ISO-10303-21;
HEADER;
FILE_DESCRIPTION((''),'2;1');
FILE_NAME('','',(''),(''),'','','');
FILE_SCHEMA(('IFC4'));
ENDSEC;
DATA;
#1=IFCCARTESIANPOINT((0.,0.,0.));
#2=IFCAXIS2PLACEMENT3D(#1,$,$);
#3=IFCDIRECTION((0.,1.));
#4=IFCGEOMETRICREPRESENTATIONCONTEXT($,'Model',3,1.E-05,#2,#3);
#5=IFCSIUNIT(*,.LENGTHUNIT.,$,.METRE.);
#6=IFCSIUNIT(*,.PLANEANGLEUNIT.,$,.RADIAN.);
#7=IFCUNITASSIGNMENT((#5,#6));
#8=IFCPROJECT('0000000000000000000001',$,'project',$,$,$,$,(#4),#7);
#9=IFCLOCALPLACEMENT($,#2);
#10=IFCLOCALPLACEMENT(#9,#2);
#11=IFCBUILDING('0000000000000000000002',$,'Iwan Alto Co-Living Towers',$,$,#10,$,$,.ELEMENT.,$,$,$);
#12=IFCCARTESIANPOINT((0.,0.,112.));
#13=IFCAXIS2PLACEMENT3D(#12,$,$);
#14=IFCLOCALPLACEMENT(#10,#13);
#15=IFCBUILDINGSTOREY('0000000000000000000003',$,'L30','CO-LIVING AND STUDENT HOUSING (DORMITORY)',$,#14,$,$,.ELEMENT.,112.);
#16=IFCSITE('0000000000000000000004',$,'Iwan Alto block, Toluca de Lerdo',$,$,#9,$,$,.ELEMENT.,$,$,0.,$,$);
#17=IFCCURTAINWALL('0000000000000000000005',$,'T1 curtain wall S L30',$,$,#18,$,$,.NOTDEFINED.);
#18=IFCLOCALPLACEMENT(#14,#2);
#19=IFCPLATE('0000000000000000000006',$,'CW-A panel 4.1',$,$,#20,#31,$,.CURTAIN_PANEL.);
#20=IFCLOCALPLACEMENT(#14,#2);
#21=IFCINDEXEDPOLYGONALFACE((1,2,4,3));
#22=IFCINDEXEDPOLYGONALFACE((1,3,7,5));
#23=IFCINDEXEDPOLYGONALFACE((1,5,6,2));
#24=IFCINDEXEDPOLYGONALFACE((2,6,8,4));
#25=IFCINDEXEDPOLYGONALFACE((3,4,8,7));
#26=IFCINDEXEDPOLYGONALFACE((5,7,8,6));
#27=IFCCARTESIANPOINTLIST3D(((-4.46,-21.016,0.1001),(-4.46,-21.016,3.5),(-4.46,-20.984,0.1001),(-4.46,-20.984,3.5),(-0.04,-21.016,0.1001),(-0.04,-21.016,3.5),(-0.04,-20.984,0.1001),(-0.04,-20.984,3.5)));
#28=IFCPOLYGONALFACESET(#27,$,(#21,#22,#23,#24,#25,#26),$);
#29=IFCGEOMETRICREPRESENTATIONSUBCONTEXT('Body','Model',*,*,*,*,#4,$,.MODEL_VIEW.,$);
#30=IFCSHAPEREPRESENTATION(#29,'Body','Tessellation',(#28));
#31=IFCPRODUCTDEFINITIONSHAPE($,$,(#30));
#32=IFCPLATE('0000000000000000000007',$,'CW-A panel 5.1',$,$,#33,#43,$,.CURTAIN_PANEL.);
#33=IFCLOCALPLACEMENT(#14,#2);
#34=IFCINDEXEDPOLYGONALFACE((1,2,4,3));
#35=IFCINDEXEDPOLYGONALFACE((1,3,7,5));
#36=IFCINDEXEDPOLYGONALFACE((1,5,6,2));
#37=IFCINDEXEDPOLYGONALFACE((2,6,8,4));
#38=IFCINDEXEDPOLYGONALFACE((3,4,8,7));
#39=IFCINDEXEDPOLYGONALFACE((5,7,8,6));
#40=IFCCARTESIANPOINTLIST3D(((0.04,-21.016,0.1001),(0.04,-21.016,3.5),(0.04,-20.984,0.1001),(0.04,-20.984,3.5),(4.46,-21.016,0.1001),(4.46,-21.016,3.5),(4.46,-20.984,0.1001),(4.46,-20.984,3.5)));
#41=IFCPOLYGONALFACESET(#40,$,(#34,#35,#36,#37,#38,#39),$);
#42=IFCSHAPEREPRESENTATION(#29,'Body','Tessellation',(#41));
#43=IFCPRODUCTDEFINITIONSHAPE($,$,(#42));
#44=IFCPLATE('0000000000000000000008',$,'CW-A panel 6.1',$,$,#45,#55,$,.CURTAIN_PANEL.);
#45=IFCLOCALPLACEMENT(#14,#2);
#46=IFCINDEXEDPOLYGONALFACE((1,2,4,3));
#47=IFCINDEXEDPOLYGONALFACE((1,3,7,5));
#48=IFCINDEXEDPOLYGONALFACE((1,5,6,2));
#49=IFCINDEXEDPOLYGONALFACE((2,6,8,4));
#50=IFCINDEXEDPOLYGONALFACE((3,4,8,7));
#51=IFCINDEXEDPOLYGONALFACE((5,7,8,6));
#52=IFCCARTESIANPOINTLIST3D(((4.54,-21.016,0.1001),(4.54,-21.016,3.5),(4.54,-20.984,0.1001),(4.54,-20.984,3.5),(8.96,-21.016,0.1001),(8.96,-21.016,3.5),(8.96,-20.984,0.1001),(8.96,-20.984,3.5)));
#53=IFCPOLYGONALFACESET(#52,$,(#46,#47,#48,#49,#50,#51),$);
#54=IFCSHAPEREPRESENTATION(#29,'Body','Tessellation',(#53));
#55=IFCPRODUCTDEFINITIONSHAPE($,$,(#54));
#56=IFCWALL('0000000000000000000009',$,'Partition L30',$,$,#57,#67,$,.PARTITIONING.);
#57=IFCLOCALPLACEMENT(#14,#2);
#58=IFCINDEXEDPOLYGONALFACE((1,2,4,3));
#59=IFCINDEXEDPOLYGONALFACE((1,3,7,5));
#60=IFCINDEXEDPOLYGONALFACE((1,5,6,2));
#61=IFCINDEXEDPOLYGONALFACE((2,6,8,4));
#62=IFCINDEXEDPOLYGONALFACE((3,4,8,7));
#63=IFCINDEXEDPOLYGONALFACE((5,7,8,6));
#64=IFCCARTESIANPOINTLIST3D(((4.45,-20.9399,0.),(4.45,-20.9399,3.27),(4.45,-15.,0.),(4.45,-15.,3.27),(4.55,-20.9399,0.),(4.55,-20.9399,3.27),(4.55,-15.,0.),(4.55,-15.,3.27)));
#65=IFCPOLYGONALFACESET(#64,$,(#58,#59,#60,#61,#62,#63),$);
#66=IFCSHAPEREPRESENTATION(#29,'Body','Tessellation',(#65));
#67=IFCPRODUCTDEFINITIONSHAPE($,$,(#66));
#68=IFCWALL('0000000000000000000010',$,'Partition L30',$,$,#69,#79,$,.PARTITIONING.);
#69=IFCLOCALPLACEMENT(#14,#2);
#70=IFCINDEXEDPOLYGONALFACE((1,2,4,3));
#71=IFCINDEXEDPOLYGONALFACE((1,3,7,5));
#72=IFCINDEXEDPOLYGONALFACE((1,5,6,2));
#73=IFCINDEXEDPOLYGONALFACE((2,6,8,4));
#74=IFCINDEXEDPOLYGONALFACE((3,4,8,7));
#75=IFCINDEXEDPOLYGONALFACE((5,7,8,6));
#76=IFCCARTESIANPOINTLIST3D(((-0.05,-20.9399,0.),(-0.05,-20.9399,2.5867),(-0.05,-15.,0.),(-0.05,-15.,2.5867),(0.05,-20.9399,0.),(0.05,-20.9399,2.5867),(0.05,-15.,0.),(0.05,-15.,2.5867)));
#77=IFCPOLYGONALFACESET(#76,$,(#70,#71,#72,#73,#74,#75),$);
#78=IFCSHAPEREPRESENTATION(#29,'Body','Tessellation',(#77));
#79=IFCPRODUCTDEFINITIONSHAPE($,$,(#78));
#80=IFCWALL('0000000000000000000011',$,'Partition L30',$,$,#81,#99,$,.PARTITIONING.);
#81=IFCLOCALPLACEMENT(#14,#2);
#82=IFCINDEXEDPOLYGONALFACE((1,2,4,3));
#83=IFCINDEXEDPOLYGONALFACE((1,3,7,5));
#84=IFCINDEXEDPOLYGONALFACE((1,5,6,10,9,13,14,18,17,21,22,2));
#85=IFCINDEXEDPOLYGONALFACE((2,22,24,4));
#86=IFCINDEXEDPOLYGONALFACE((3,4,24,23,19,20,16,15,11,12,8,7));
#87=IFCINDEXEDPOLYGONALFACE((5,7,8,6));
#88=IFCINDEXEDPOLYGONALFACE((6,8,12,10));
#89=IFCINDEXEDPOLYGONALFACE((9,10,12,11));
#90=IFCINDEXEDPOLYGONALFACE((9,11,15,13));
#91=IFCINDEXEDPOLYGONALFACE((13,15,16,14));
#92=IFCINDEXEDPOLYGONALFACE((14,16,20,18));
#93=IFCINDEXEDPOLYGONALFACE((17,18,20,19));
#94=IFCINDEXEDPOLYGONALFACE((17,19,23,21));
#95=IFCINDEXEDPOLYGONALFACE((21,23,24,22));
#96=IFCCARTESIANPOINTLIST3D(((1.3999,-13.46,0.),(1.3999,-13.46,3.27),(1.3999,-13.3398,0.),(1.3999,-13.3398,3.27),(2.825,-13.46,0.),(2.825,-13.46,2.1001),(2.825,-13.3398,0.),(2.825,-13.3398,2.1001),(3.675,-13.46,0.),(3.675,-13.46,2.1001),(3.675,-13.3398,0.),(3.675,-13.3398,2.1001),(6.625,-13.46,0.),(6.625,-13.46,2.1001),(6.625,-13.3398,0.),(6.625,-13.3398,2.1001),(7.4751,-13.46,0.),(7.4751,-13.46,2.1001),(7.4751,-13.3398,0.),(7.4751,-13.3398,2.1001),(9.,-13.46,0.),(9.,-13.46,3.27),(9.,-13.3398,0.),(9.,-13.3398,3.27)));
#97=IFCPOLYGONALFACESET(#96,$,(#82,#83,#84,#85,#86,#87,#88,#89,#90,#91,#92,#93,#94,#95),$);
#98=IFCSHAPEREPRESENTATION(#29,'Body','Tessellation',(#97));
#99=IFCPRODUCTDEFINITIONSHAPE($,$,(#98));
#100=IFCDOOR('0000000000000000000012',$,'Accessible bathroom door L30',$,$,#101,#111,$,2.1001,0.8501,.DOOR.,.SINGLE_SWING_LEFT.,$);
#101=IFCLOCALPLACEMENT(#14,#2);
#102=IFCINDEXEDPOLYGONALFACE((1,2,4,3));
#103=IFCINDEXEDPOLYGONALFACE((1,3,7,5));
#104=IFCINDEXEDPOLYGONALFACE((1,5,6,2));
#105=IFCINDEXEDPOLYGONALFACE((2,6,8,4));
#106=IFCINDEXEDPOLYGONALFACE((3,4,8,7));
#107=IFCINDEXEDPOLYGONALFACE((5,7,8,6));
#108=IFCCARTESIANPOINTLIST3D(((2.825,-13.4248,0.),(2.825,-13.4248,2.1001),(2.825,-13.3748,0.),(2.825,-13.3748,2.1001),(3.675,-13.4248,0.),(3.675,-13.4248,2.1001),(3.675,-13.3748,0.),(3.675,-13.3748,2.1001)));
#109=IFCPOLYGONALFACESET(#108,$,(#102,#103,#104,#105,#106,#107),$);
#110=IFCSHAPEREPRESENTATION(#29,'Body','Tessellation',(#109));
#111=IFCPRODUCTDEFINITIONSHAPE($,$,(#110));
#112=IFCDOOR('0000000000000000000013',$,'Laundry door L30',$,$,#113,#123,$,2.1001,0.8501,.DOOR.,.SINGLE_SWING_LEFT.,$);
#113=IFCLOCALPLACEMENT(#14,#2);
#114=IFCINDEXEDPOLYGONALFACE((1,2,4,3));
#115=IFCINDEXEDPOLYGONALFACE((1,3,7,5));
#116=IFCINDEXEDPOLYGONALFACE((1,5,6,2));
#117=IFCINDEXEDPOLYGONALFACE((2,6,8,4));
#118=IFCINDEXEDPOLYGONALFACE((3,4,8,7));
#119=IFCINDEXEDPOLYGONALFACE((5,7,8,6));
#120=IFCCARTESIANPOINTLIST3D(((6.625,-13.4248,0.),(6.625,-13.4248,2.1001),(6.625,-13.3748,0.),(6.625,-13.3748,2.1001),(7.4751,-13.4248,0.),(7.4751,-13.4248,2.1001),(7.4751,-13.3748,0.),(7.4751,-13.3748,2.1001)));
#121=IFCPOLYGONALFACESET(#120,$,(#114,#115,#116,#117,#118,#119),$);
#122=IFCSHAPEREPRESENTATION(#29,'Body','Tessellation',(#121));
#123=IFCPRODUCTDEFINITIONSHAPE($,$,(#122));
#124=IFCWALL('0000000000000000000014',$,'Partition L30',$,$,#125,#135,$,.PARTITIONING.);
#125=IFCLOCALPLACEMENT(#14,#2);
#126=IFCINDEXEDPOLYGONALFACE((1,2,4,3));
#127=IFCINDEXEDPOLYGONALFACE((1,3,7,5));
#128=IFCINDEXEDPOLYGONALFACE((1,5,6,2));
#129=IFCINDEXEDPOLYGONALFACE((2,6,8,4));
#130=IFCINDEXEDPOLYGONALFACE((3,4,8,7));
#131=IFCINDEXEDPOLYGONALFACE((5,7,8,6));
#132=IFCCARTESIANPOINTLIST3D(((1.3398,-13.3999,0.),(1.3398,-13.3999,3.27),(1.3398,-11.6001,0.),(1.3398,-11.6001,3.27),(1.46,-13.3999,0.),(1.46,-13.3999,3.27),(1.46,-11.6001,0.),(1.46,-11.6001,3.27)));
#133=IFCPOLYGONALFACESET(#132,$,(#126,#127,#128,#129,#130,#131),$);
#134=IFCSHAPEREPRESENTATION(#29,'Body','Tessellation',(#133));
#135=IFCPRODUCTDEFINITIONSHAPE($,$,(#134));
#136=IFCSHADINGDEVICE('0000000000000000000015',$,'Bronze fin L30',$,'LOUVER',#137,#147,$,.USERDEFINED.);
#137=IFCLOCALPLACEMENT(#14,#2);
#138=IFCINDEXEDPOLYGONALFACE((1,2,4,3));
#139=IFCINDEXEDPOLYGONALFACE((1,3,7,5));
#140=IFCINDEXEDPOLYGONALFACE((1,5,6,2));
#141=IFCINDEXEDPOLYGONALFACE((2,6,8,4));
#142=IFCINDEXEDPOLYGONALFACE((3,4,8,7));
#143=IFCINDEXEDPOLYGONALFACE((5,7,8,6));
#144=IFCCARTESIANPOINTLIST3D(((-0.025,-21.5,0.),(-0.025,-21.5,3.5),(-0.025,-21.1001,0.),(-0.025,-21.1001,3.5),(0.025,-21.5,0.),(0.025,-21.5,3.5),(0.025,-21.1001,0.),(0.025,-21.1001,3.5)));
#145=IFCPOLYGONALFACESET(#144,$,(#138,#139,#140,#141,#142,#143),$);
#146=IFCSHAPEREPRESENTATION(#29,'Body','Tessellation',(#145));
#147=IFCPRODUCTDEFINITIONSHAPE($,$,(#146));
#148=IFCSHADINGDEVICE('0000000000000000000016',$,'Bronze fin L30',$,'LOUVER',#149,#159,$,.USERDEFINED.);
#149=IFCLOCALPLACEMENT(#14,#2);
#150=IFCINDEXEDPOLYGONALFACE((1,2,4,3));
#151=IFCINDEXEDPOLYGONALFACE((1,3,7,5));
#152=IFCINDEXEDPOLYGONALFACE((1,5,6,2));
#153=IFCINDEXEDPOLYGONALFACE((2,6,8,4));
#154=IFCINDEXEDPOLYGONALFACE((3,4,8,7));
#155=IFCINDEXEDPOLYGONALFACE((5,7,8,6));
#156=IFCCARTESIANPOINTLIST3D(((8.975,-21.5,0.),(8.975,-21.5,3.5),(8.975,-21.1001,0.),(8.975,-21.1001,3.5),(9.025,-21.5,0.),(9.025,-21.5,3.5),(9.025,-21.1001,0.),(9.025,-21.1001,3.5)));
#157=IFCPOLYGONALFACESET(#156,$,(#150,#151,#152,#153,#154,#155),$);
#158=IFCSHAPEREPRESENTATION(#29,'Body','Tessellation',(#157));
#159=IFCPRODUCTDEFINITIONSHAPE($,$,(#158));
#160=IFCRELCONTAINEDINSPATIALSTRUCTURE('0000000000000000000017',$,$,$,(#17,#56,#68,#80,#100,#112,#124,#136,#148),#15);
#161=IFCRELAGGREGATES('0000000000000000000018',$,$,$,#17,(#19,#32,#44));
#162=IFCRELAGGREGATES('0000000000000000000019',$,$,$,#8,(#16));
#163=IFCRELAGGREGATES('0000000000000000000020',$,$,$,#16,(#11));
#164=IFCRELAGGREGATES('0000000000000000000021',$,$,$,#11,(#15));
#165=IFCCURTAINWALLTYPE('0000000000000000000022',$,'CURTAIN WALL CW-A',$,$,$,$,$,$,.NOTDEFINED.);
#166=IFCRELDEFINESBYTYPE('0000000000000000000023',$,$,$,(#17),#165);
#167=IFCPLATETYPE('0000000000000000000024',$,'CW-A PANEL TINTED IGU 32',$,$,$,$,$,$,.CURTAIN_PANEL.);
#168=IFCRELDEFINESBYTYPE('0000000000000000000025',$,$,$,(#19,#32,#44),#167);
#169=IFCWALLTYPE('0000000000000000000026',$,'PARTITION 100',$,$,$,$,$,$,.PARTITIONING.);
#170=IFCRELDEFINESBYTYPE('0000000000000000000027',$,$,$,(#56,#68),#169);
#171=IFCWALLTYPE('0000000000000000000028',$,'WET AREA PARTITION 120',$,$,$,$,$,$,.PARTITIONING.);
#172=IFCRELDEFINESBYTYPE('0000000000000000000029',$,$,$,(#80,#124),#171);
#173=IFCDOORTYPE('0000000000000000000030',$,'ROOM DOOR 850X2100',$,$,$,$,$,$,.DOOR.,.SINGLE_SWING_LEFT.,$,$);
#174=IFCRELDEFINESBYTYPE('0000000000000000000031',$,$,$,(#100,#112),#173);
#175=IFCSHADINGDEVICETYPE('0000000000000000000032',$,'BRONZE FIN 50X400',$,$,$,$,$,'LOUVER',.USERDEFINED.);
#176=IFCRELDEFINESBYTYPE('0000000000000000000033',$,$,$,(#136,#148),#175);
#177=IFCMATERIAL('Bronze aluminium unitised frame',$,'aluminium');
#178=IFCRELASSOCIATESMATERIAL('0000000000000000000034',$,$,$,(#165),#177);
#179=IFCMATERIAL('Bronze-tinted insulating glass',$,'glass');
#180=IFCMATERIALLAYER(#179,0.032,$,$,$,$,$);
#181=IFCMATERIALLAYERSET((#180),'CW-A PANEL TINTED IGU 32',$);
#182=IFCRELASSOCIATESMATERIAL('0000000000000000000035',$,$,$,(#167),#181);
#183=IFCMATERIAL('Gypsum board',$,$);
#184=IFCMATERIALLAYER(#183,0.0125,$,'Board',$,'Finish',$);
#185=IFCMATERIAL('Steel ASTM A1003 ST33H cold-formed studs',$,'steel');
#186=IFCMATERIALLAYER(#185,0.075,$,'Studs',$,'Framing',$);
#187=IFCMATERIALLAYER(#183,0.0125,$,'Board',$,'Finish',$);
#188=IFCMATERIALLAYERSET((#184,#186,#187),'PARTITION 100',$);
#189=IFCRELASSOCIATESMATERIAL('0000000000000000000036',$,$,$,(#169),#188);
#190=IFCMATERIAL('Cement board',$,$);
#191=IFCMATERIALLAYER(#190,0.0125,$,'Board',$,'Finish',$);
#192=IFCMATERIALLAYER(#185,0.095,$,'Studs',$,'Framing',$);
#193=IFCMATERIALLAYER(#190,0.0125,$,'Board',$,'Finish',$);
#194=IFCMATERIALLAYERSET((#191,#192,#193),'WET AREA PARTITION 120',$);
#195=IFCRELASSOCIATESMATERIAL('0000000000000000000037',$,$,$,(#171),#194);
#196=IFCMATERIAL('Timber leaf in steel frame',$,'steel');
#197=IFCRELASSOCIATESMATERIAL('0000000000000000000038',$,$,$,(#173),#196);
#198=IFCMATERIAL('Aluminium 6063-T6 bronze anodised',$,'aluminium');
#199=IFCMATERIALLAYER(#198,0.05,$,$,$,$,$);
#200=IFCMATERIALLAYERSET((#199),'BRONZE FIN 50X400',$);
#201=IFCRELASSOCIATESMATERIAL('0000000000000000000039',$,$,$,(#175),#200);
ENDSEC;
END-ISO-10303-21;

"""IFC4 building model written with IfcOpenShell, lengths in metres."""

from ifc_helpers import new_model, si_unit, direction, frame, frame_2d, origin, origin_2d, place, context, subcontext, project, spatial, rectangle, extrude, material, layer, layer_set, type_object, element, fill, aggregate, save


model = new_model("IFC4")

# Units and contexts
model_context = context("Model", 3, precision=1e-05, world=origin(), true_north=direction((0.0, 1.0)))
body_context = subcontext(model_context, "Body", "Model", "MODEL_VIEW")
ifc_project = project(units=[si_unit("LENGTHUNIT", "METRE"), si_unit("PLANEANGLEUNIT", "RADIAN")], contexts=[model_context])

# Site, building, storey
site_placement = place(None, origin())
site = spatial("IfcSite", under=ifc_project, at=site_placement, Name="Iwan Alto block, Toluca de Lerdo", CompositionType="ELEMENT", RefElevation=0.0)
building_placement = place(site_placement, origin())
building = spatial("IfcBuilding", under=site, at=building_placement, Name="Iwan Alto Co-Living Towers", CompositionType="ELEMENT")
storey_placement = place(building_placement, frame((0.0, 0.0, 112.0)))
storey = spatial("IfcBuildingStorey", under=building, at=storey_placement, Name="L30", Description="CO-LIVING AND STUDENT HOUSING (DORMITORY)", CompositionType="ELEMENT", Elevation=112.0)

# Curtain wall
ifc_material_1 = material(Name="Bronze aluminium unitised frame", Category="aluminium")
curtain_wall_type = type_object("IfcCurtainWallType", Name="CURTAIN WALL CW-A", PredefinedType="NOTDEFINED", material=ifc_material_1)
curtain_wall_placement = place(storey_placement, origin())
curtain_wall = element("IfcCurtainWall", 1, at=curtain_wall_placement, inside=storey, type_object=curtain_wall_type, Name="T1 curtain wall S L30", PredefinedType="NOTDEFINED")

# Plates
ifc_material_2 = material(Name="Bronze-tinted insulating glass", Category="glass")
ifc_layer_1 = layer(ifc_material_2, 0.032)
ifc_layer_set_1 = layer_set([ifc_layer_1], Name="CW-A PANEL TINTED IGU 32")
plate_type = type_object("IfcPlateType", Name="CW-A PANEL TINTED IGU 32", PredefinedType="CURTAIN_PANEL", material=ifc_layer_set_1)
plate_1_placement = place(storey_placement, frame((-2.25, -21.0, 0.1001), z_axis=(0.0, 0.0, 1.0), x_axis=(1.0, 0.0, 0.0)))
plate_1 = element("IfcPlate", 2, at=plate_1_placement, type_object=plate_type, Name="CW-A panel 4.1", PredefinedType="CURTAIN_PANEL", context=body_context, shape_type="SweptSolid", body=[
    extrude(rectangle(XDim=4.4199, YDim=0.032, at=origin_2d()), origin(), (0.0, 0.0, 1.0), 3.3999),
])
plate_2_placement = place(storey_placement, frame((2.25, -21.0, 0.1001), z_axis=(0.0, 0.0, 1.0), x_axis=(1.0, 0.0, 0.0)))
plate_2 = element("IfcPlate", 3, at=plate_2_placement, type_object=plate_type, Name="CW-A panel 5.1", PredefinedType="CURTAIN_PANEL", context=body_context, shape_type="SweptSolid", body=[
    extrude(rectangle(XDim=4.4199, YDim=0.032, at=origin_2d()), origin(), (0.0, 0.0, 1.0), 3.3999),
])
plate_3_placement = place(storey_placement, frame((6.75, -21.0, 0.1001), z_axis=(0.0, 0.0, 1.0), x_axis=(1.0, 0.0, 0.0)))
plate_3 = element("IfcPlate", 4, at=plate_3_placement, type_object=plate_type, Name="CW-A panel 6.1", PredefinedType="CURTAIN_PANEL", context=body_context, shape_type="SweptSolid", body=[
    extrude(rectangle(XDim=4.4199, YDim=0.032, at=origin_2d()), origin(), (0.0, 0.0, 1.0), 3.3999),
])
aggregate(curtain_wall, [plate_1, plate_2, plate_3])

# Walls
ifc_material_3 = material(Name="Gypsum board")
ifc_layer_2 = layer(ifc_material_3, 0.0125, Name="Board", Category="Finish")
ifc_material_4 = material(Name="Steel ASTM A1003 ST33H cold-formed studs", Category="steel")
ifc_layer_3 = layer(ifc_material_4, 0.075, Name="Studs", Category="Framing")
ifc_layer_4 = layer(ifc_material_3, 0.0125, Name="Board", Category="Finish")
ifc_layer_set_2 = layer_set([ifc_layer_2, ifc_layer_3, ifc_layer_4], Name="PARTITION 100")
wall_type_1 = type_object("IfcWallType", Name="PARTITION 100", PredefinedType="PARTITIONING", material=ifc_layer_set_2)
wall_1_placement = place(storey_placement, frame((4.5, -20.9399, 0.0), z_axis=(0.0, 0.0, 1.0), x_axis=(0.0, 1.0, 0.0)))
element("IfcWall", 5, at=wall_1_placement, inside=storey, type_object=wall_type_1, Name="Partition L30", PredefinedType="PARTITIONING", context=body_context, shape_type="SweptSolid", body=[
    extrude(rectangle(XDim=5.9399, YDim=0.1001, at=frame_2d((2.97, 0.0))), origin(), (0.0, 0.0, 1.0), 3.27),
])
wall_2_placement = place(storey_placement, frame((0.0, -20.9399, 0.0), z_axis=(0.0, 0.0, 1.0), x_axis=(0.0, 1.0, 0.0)))
element("IfcWall", 6, at=wall_2_placement, inside=storey, type_object=wall_type_1, Name="Partition L30", PredefinedType="PARTITIONING", context=body_context, shape_type="SweptSolid", body=[
    extrude(rectangle(XDim=5.9399, YDim=0.1001, at=frame_2d((2.97, 0.0))), origin(), (0.0, 0.0, 1.0), 2.5867),
])

# Wall, openings, doors
ifc_material_5 = material(Name="Cement board")
ifc_layer_5 = layer(ifc_material_5, 0.0125, Name="Board", Category="Finish")
ifc_layer_6 = layer(ifc_material_4, 0.095, Name="Studs", Category="Framing")
ifc_layer_7 = layer(ifc_material_5, 0.0125, Name="Board", Category="Finish")
ifc_layer_set_3 = layer_set([ifc_layer_5, ifc_layer_6, ifc_layer_7], Name="WET AREA PARTITION 120")
wall_type_2 = type_object("IfcWallType", Name="WET AREA PARTITION 120", PredefinedType="PARTITIONING", material=ifc_layer_set_3)
wall_3_placement = place(storey_placement, frame((1.3999, -13.3999, 0.0), z_axis=(0.0, 0.0, 1.0), x_axis=(1.0, 0.0, 0.0)))
wall_3 = element("IfcWall", 7, at=wall_3_placement, inside=storey, type_object=wall_type_2, Name="Partition L30", PredefinedType="PARTITIONING", context=body_context, shape_type="SweptSolid", body=[
    extrude(rectangle(XDim=7.6001, YDim=0.1201, at=frame_2d((3.8, 0.0))), origin(), (0.0, 0.0, 1.0), 3.27),
])
opening_1_placement = place(wall_3_placement, frame((1.425, 0.0, 0.0)))
opening_1 = element("IfcOpeningElement", 8, at=opening_1_placement, cuts=wall_3, PredefinedType="OPENING", context=body_context, shape_type="SweptSolid", body=[
    extrude(rectangle(XDim=0.8501, YDim=2.1001, at=frame_2d((0.425, 1.05))), frame((0.0, 0.0701, 0.0), z_axis=(0.0, -1.0, 0.0), x_axis=(1.0, 0.0, 0.0)), (0.0, 0.0, 1.0), 0.1401),
])
opening_2_placement = place(wall_3_placement, frame((5.2251, 0.0, 0.0)))
opening_2 = element("IfcOpeningElement", 9, at=opening_2_placement, cuts=wall_3, PredefinedType="OPENING", context=body_context, shape_type="SweptSolid", body=[
    extrude(rectangle(XDim=0.8501, YDim=2.1001, at=frame_2d((0.425, 1.05))), frame((0.0, 0.0701, 0.0), z_axis=(0.0, -1.0, 0.0), x_axis=(1.0, 0.0, 0.0)), (0.0, 0.0, 1.0), 0.1401),
])
ifc_material_6 = material(Name="Timber leaf in steel frame", Category="steel")
door_type = type_object("IfcDoorType", Name="ROOM DOOR 850X2100", OperationType="SINGLE_SWING_LEFT", PredefinedType="DOOR", material=ifc_material_6)
door_1_placement = place(opening_1_placement, frame((0.8501, 0.0, 0.0), z_axis=(0.0, 0.0, 1.0), x_axis=(-1.0, 0.0, 0.0)))
door_1 = element("IfcDoor", 10, at=door_1_placement, inside=storey, type_object=door_type, Name="Accessible bathroom door L30", OperationType="SINGLE_SWING_LEFT", OverallHeight=2.1001, OverallWidth=0.8501, PredefinedType="DOOR", context=body_context, shape_type="SweptSolid", body=[
    extrude(rectangle(XDim=0.8501, YDim=2.1001, at=frame_2d((0.425, 1.05))), frame((0.0, 0.0249, 0.0), z_axis=(0.0, -1.0, 0.0), x_axis=(1.0, 0.0, 0.0)), (0.0, 0.0, 1.0), 0.05),
])
fill(opening_1, door_1)
door_2_placement = place(opening_2_placement, frame((0.8501, 0.0, 0.0), z_axis=(0.0, 0.0, 1.0), x_axis=(-1.0, 0.0, 0.0)))
door_2 = element("IfcDoor", 11, at=door_2_placement, inside=storey, type_object=door_type, Name="Laundry door L30", OperationType="SINGLE_SWING_LEFT", OverallHeight=2.1001, OverallWidth=0.8501, PredefinedType="DOOR", context=body_context, shape_type="SweptSolid", body=[
    extrude(rectangle(XDim=0.8501, YDim=2.1001, at=frame_2d((0.425, 1.05))), frame((0.0, 0.0249, 0.0), z_axis=(0.0, -1.0, 0.0), x_axis=(1.0, 0.0, 0.0)), (0.0, 0.0, 1.0), 0.05),
])
fill(opening_2, door_2)

# Wall
wall_4_placement = place(storey_placement, frame((1.3999, -13.3999, 0.0), z_axis=(0.0, 0.0, 1.0), x_axis=(0.0, 1.0, 0.0)))
element("IfcWall", 12, at=wall_4_placement, inside=storey, type_object=wall_type_2, Name="Partition L30", PredefinedType="PARTITIONING", context=body_context, shape_type="SweptSolid", body=[
    extrude(rectangle(XDim=1.7998, YDim=0.1201, at=frame_2d((0.8999, 0.0))), origin(), (0.0, 0.0, 1.0), 3.27),
])

# Shading devices
ifc_material_7 = material(Name="Aluminium 6063-T6 bronze anodised", Category="aluminium")
ifc_layer_8 = layer(ifc_material_7, 0.05)
ifc_layer_set_4 = layer_set([ifc_layer_8], Name="BRONZE FIN 50X400")
shading_device_type = type_object("IfcShadingDeviceType", Name="BRONZE FIN 50X400", ElementType="LOUVER", PredefinedType="USERDEFINED", material=ifc_layer_set_4)
for number, where, z_axis, x_axis, name in (
    (13, (0.0, -21.3, 0.0), (0.0, 0.0, 1.0), (1.0, 0.0, 0.0), "Bronze fin L30"),
    (14, (9.0, -21.3, 0.0), (0.0, 0.0, 1.0), (1.0, 0.0, 0.0), "Bronze fin L30"),
):
    element("IfcShadingDevice", number, at=place(storey_placement, frame(where, z_axis=z_axis, x_axis=x_axis)), inside=storey, type_object=shading_device_type, Name=name, ObjectType="LOUVER", PredefinedType="USERDEFINED", context=body_context, shape_type="SweptSolid", body=[
        extrude(rectangle(XDim=0.05, YDim=0.3999, at=origin_2d()), origin(), (0.0, 0.0, 1.0), 3.5),
    ])

save(model, "model.ifc")
